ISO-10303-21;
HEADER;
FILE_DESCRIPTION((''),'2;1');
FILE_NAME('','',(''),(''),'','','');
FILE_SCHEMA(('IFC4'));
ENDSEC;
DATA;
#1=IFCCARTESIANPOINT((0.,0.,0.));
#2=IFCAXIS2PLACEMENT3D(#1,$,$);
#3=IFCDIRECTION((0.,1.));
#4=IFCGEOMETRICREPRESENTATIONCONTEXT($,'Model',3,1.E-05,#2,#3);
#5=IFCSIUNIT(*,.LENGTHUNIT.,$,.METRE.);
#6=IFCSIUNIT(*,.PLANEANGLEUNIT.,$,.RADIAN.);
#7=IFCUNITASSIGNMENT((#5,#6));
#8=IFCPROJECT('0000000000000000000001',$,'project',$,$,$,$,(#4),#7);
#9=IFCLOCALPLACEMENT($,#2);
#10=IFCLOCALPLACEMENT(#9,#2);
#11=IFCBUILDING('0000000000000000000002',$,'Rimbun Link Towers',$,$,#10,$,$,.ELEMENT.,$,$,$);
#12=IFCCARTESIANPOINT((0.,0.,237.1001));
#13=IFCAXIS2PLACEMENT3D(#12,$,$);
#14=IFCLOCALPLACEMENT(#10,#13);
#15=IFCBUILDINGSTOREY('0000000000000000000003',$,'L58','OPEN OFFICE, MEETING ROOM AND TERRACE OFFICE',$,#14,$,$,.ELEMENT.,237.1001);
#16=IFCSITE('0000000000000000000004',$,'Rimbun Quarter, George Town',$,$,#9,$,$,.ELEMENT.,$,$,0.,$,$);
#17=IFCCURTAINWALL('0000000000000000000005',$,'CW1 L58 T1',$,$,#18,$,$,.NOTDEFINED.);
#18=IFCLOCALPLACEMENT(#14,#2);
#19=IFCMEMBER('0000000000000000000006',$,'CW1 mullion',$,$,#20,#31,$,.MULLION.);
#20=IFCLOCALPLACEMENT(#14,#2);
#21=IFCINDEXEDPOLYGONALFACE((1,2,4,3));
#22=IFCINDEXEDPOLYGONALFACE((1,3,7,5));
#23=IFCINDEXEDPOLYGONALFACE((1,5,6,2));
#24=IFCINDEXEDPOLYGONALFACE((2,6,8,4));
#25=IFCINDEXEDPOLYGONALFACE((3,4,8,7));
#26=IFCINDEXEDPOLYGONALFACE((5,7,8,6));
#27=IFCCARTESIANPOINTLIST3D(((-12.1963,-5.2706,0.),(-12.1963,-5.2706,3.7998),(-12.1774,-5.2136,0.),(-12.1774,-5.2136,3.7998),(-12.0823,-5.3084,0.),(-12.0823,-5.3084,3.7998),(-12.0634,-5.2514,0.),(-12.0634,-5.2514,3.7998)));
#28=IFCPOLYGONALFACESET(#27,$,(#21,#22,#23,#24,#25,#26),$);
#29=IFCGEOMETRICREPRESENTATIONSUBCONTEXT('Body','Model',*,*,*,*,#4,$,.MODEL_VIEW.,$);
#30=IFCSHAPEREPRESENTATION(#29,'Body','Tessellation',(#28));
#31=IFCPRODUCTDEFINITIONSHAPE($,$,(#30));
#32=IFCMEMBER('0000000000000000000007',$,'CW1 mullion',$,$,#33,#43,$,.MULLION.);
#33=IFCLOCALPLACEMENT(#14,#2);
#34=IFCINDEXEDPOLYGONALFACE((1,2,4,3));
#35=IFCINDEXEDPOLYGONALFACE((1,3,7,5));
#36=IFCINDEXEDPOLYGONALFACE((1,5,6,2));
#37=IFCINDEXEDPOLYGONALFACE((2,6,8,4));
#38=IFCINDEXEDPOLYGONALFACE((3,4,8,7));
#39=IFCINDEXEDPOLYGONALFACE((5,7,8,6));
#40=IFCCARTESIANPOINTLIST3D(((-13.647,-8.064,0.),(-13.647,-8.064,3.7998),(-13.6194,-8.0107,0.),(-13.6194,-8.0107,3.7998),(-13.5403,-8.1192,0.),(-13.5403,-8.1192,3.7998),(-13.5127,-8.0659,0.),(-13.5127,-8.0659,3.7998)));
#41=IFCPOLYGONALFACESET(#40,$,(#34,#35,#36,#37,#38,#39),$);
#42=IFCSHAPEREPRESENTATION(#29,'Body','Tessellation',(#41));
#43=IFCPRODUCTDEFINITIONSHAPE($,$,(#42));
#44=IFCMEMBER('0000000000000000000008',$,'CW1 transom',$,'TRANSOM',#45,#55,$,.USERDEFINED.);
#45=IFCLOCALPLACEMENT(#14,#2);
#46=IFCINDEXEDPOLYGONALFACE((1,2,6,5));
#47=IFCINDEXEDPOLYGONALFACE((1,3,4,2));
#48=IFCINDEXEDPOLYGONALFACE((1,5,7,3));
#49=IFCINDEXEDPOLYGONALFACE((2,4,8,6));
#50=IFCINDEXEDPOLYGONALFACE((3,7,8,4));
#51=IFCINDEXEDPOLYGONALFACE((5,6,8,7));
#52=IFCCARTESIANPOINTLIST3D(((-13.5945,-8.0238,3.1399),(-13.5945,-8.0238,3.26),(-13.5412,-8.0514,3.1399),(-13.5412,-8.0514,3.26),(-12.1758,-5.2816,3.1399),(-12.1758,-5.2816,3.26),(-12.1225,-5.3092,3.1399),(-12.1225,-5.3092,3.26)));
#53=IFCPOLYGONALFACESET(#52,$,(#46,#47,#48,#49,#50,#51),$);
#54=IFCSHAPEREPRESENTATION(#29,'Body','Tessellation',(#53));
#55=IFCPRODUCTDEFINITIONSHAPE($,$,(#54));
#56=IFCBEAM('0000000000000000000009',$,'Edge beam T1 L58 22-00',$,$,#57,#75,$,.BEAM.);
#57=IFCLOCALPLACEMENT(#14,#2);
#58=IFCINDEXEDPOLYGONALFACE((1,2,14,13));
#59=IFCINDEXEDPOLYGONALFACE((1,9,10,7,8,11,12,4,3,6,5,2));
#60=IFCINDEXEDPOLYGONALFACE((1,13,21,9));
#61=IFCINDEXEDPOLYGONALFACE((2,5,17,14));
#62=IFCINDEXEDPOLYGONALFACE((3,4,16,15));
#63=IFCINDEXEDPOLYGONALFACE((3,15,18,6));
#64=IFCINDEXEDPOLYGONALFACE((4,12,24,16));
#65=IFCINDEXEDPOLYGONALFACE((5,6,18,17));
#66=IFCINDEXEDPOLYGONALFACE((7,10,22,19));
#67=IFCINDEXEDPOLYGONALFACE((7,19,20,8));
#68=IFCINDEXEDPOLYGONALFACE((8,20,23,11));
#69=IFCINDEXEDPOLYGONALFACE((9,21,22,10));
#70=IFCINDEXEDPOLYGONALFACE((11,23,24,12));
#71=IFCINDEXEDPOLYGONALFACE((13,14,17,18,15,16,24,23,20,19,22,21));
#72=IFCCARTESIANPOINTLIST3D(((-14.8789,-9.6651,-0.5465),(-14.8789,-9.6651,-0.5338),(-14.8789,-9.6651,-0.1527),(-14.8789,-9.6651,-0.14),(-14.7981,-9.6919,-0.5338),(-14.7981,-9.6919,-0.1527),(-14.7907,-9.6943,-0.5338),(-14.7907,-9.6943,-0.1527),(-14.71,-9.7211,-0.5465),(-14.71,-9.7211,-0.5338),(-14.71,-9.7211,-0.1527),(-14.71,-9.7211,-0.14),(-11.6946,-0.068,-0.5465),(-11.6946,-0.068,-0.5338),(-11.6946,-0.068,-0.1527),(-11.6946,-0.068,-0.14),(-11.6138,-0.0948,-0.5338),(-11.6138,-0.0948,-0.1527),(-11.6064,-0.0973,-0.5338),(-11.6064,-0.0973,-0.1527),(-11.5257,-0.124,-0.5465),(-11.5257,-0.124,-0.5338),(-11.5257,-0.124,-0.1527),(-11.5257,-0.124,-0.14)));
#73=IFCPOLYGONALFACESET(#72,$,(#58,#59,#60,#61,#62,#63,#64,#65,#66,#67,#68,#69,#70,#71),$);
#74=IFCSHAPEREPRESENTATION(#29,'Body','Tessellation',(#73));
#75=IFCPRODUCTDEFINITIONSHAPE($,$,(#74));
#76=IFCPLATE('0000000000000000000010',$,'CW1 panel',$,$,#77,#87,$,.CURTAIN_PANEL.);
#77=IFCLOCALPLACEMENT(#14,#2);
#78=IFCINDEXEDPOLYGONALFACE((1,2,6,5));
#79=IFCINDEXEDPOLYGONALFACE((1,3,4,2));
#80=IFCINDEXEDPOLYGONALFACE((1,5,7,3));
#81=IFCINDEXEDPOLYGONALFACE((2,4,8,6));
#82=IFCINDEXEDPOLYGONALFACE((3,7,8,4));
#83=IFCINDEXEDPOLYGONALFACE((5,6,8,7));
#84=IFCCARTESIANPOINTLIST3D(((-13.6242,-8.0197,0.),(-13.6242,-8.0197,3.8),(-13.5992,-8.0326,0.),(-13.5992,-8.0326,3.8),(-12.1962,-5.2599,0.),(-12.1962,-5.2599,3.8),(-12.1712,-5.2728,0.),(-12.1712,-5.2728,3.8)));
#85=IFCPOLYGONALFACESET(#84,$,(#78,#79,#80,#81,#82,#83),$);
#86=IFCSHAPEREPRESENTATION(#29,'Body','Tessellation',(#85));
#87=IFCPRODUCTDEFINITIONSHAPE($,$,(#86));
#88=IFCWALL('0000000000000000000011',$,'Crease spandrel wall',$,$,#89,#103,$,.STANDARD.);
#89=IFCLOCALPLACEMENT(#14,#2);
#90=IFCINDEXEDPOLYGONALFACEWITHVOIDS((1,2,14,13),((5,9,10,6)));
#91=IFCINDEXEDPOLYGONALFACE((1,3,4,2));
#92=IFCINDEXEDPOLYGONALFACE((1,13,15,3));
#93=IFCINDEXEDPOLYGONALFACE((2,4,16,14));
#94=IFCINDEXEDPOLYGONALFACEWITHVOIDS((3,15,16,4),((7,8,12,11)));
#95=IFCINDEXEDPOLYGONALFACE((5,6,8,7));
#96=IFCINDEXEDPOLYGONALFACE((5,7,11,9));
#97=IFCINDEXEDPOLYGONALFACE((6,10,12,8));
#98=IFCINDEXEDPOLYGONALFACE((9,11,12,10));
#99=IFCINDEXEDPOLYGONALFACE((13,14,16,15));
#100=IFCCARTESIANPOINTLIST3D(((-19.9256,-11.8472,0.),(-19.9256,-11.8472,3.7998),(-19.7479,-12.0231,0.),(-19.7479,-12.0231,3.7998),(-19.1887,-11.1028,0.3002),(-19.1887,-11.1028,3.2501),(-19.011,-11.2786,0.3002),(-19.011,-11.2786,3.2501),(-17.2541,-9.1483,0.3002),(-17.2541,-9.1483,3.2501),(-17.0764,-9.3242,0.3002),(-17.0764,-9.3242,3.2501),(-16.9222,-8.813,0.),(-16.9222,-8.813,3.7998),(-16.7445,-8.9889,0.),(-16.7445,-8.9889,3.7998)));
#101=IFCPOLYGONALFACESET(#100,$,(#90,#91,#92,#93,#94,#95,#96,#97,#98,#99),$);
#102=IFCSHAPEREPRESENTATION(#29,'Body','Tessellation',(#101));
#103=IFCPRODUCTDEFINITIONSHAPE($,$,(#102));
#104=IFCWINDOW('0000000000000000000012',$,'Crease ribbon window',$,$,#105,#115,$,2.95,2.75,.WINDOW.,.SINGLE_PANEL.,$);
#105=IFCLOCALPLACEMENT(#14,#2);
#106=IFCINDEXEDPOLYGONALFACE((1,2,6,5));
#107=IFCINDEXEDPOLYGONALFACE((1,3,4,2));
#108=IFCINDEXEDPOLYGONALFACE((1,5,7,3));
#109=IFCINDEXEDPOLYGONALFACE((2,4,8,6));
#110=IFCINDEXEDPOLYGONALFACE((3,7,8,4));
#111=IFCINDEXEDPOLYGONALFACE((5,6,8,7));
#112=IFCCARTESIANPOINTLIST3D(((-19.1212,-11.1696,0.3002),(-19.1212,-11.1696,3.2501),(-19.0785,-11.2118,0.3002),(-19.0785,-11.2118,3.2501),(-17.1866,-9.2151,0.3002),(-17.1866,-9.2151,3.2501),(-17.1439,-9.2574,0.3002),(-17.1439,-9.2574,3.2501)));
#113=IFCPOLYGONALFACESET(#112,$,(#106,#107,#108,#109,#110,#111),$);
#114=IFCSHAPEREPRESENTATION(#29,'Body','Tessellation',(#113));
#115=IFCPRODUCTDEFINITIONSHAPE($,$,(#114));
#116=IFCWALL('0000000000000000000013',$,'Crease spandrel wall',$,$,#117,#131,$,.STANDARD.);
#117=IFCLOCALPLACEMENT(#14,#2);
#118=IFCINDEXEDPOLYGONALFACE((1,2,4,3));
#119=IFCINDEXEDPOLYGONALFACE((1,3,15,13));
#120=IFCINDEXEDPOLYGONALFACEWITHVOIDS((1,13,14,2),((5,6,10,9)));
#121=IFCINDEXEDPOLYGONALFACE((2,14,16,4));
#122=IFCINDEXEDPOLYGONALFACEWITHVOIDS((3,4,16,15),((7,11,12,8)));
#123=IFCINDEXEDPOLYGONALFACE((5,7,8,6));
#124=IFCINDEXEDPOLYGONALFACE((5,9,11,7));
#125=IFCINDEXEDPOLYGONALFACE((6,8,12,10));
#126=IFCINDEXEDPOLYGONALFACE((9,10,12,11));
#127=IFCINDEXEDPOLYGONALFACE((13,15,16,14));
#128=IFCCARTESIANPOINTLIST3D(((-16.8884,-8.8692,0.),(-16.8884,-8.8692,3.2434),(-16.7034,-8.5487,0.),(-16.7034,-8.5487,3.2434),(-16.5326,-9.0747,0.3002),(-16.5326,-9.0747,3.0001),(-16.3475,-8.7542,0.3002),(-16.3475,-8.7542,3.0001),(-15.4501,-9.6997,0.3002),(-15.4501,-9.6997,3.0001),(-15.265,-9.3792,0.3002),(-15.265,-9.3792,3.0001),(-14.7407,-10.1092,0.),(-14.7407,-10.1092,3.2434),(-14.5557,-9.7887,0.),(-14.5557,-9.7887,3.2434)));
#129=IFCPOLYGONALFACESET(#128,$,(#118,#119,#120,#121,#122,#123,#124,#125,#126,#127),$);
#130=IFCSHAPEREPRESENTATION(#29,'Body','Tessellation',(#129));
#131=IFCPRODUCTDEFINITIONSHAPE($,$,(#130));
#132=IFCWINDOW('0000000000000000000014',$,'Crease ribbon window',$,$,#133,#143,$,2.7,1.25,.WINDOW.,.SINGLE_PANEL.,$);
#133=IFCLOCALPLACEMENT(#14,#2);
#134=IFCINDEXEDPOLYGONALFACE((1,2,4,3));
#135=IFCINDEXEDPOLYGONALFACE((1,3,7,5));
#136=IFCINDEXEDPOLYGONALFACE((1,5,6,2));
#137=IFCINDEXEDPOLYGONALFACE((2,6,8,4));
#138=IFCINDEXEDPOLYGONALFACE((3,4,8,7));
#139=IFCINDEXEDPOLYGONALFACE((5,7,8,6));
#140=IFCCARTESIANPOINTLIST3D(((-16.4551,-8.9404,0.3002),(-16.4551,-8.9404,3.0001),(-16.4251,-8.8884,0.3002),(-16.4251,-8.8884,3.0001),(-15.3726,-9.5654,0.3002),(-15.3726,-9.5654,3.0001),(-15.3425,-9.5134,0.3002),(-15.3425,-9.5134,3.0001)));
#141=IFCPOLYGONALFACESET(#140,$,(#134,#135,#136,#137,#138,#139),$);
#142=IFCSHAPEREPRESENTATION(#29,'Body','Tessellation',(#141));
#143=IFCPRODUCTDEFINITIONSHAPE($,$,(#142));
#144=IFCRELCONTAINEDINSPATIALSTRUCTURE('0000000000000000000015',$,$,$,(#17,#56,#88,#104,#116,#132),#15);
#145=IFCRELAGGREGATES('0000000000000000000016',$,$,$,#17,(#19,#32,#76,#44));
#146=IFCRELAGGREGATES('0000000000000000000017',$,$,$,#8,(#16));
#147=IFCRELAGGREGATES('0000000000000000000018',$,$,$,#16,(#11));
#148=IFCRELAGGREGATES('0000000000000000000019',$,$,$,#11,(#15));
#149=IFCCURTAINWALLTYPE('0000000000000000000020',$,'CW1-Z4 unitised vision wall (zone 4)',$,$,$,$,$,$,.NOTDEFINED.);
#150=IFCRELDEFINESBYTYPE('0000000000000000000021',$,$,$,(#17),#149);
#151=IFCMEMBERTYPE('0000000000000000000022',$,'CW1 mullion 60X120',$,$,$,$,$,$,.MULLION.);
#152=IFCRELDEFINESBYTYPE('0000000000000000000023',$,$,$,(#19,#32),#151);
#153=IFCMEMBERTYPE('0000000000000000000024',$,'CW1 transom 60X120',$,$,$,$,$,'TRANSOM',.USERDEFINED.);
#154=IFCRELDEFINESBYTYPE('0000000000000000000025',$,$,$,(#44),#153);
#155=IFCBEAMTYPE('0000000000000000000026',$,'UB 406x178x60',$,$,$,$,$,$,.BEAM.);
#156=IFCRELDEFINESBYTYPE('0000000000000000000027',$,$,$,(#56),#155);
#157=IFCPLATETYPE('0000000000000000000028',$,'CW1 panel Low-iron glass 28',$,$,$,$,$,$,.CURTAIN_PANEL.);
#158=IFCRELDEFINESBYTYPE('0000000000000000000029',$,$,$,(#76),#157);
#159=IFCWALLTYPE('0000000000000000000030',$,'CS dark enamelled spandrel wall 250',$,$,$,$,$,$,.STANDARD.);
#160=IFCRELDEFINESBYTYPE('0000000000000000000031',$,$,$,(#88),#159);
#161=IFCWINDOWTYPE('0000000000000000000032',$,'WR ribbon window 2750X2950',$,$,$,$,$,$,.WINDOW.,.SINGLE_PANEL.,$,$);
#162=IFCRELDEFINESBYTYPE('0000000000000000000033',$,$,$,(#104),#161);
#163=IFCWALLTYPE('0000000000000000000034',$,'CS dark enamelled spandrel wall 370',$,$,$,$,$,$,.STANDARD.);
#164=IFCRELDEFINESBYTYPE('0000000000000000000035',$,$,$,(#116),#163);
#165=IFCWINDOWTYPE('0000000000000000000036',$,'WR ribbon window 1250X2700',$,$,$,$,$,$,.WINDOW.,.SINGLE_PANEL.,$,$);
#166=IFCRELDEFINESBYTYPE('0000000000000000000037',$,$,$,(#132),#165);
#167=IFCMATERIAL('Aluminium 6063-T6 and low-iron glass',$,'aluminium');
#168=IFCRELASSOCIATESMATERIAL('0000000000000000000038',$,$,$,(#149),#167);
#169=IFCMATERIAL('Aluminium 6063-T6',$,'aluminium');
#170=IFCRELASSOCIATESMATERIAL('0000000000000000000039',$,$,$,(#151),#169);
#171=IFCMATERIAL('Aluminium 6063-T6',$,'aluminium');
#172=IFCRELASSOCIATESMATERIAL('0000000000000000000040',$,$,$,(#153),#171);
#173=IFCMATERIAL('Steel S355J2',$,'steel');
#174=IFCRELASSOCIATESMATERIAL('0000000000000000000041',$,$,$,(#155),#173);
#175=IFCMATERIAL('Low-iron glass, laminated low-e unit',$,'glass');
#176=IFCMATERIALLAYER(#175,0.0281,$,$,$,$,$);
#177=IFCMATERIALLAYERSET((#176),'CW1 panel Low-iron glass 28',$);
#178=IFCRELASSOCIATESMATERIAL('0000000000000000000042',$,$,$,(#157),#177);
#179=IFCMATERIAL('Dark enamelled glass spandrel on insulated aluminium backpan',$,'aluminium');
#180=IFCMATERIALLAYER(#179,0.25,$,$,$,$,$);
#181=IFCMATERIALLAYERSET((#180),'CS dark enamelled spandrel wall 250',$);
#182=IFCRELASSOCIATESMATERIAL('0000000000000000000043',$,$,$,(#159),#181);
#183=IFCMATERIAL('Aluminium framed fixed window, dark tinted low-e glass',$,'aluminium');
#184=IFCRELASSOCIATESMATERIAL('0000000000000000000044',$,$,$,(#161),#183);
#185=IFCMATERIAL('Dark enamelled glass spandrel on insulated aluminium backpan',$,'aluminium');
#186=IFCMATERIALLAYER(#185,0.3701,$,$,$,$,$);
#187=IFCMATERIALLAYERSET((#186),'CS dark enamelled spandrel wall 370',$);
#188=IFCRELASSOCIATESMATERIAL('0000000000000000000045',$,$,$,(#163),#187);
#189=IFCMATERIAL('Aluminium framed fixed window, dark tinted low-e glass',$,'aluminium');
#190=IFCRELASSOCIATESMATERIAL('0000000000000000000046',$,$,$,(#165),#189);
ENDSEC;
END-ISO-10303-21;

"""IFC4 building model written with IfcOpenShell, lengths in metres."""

from ifc_helpers import new_model, si_unit, direction, frame, frame_2d, origin, origin_2d, place, context, subcontext, project, spatial, rectangle, i_section, extrude, material, layer, layer_set, material_profile, profile_set, type_object, element, fill, aggregate, save


model = new_model("IFC4")

# Units and contexts
model_context = context("Model", 3, precision=1e-05, world=origin(), true_north=direction((0.0, 1.0)))
body_context = subcontext(model_context, "Body", "Model", "MODEL_VIEW")
ifc_project = project(units=[si_unit("LENGTHUNIT", "METRE"), si_unit("PLANEANGLEUNIT", "RADIAN")], contexts=[model_context])

# Site, building, storey
site_placement = place(None, origin())
site = spatial("IfcSite", under=ifc_project, at=site_placement, Name="Rimbun Quarter, George Town", CompositionType="ELEMENT", RefElevation=0.0)
building_placement = place(site_placement, origin())
building = spatial("IfcBuilding", under=site, at=building_placement, Name="Rimbun Link Towers", CompositionType="ELEMENT")
storey_placement = place(building_placement, frame((0.0, 0.0, 237.1001)))
storey = spatial("IfcBuildingStorey", under=building, at=storey_placement, Name="L58", Description="OPEN OFFICE, MEETING ROOM AND TERRACE OFFICE", CompositionType="ELEMENT", Elevation=237.1001)

# Curtain wall, members
ifc_material_1 = material(Name="Aluminium 6063-T6 and low-iron glass", Category="aluminium")
curtain_wall_type = type_object("IfcCurtainWallType", Name="CW1-Z4 unitised vision wall (zone 4)", PredefinedType="NOTDEFINED", material=ifc_material_1)
curtain_wall_placement = place(storey_placement, origin())
curtain_wall = element("IfcCurtainWall", 1, at=curtain_wall_placement, inside=storey, type_object=curtain_wall_type, Name="CW1 L58 T1", PredefinedType="NOTDEFINED")
ifc_material_2 = material(Name="Aluminium 6063-T6", Category="aluminium")
ifc_material_profile_1 = material_profile(ifc_material_2, rectangle(XDim=0.1201, YDim=0.0601, at=origin_2d()), Name="MULLION 60X120")
ifc_profile_set_1 = profile_set([ifc_material_profile_1], Name="Aluminium 6063-T6")
member_type_1 = type_object("IfcMemberType", Name="CW1 mullion 60X120", PredefinedType="MULLION", material=ifc_profile_set_1)
member_1_placement = place(storey_placement, frame((-12.1299, -5.261, 0.0), z_axis=(0.0, 0.0, 1.0), x_axis=(0.949161, -0.31479, 0.0)))
member_1 = element("IfcMember", 2, at=member_1_placement, type_object=member_type_1, Name="CW1 mullion", PredefinedType="MULLION", context=body_context, shape_type="SweptSolid", body=[
    extrude(rectangle(XDim=0.1201, YDim=0.0601, at=origin_2d()), origin(), (0.0, 0.0, 1.0), 3.7998),
])
member_2_placement = place(storey_placement, frame((-13.5798, -8.0649, 0.0), z_axis=(0.0, 0.0, 1.0), x_axis=(0.888152, -0.45955, 0.0)))
member_2 = element("IfcMember", 3, at=member_2_placement, type_object=member_type_1, Name="CW1 mullion", PredefinedType="MULLION", context=body_context, shape_type="SweptSolid", body=[
    extrude(rectangle(XDim=0.1201, YDim=0.0601, at=origin_2d()), origin(), (0.0, 0.0, 1.0), 3.7998),
])
ifc_material_3 = material(Name="Aluminium 6063-T6", Category="aluminium")
ifc_material_profile_2 = material_profile(ifc_material_3, rectangle(XDim=0.0601, YDim=0.1201, at=origin_2d()), Name="TRANSOM 60X120")
ifc_profile_set_2 = profile_set([ifc_material_profile_2], Name="Aluminium 6063-T6")
member_type_2 = type_object("IfcMemberType", Name="CW1 transom 60X120", ElementType="TRANSOM", PredefinedType="USERDEFINED", material=ifc_profile_set_2)
member_3_placement = place(storey_placement, frame((-12.1492, -5.2954, 3.2), z_axis=(-0.459507, -0.888174, 0.0), x_axis=(0.888174, -0.459507, 0.0)))
member_3 = element("IfcMember", 4, at=member_3_placement, type_object=member_type_2, Name="CW1 transom", ObjectType="TRANSOM", PredefinedType="USERDEFINED", context=body_context, shape_type="SweptSolid", body=[
    extrude(rectangle(XDim=0.0601, YDim=0.1201, at=origin_2d()), origin(), (0.0, 0.0, 1.0), 3.0874),
])

# Beam
ifc_material_4 = material(Name="Steel S355J2", Category="steel")
ifc_material_profile_3 = material_profile(ifc_material_4, i_section(OverallWidth=0.178, OverallDepth=0.4065, WebThickness=0.0078, FlangeThickness=0.0127, at=origin_2d()), Name="UB 406x178x60")
ifc_profile_set_3 = profile_set([ifc_material_profile_3], Name="Steel S355J2")
beam_type = type_object("IfcBeamType", Name="UB 406x178x60", PredefinedType="BEAM", material=ifc_profile_set_3)
beam_placement = place(storey_placement, frame((-14.7944, -9.6931, -0.3433), z_axis=(0.314916, 0.949119, 0.0), x_axis=(-0.949119, 0.314916, 0.0)))
element("IfcBeam", 5, at=beam_placement, inside=storey, type_object=beam_type, Name="Edge beam T1 L58 22-00", PredefinedType="BEAM", context=body_context, shape_type="SweptSolid", body=[
    extrude(i_section(OverallWidth=0.178, OverallDepth=0.4065, WebThickness=0.0078, FlangeThickness=0.0127, at=origin_2d()), origin(), (0.0, 0.0, 1.0), 10.1116),
])

# Plate
ifc_material_5 = material(Name="Low-iron glass, laminated low-e unit", Category="glass")
ifc_layer_1 = layer(ifc_material_5, 0.0281)
ifc_layer_set_1 = layer_set([ifc_layer_1], Name="CW1 panel Low-iron glass 28")
plate_type = type_object("IfcPlateType", Name="CW1 panel Low-iron glass 28", PredefinedType="CURTAIN_PANEL", material=ifc_layer_set_1)
plate_placement = place(storey_placement, frame((-12.8977, -6.6462, 0.0), z_axis=(0.0, 0.0, 1.0), x_axis=(-0.45955, -0.888152, 0.0)))
plate = element("IfcPlate", 6, at=plate_placement, type_object=plate_type, Name="CW1 panel", PredefinedType="CURTAIN_PANEL", context=body_context, shape_type="SweptSolid", body=[
    extrude(rectangle(XDim=3.1074, YDim=0.0281, at=origin_2d()), origin(), (0.0, 0.0, 1.0), 3.8),
])
aggregate(curtain_wall, [member_1, member_2, plate, member_3])

# Walls, openings, windows
ifc_material_6 = material(Name="Dark enamelled glass spandrel on insulated aluminium backpan", Category="aluminium")
ifc_layer_2 = layer(ifc_material_6, 0.25)
ifc_layer_set_2 = layer_set([ifc_layer_2], Name="CS dark enamelled spandrel wall 250")
wall_type_1 = type_object("IfcWallType", Name="CS dark enamelled spandrel wall 250", PredefinedType="STANDARD", material=ifc_layer_set_2)
wall_1_placement = place(storey_placement, frame((-16.8333, -8.9009, 0.0), z_axis=(0.0, 0.0, 1.0), x_axis=(-0.703495, -0.7107, 0.0)))
wall_1 = element("IfcWall", 7, at=wall_1_placement, inside=storey, type_object=wall_type_1, Name="Crease spandrel wall", PredefinedType="STANDARD", context=body_context, shape_type="SweptSolid", body=[
    extrude(rectangle(XDim=4.2693, YDim=0.25, at=frame_2d((2.1348, 0.0))), origin(), (0.0, 0.0, 1.0), 3.7998),
])
opening_1_placement = place(wall_1_placement, frame((0.4719, 0.0, 0.3)))
opening_1 = element("IfcOpeningElement", 8, at=opening_1_placement, cuts=wall_1, PredefinedType="OPENING", context=body_context, shape_type="SweptSolid", body=[
    extrude(rectangle(XDim=2.75, YDim=2.95, at=frame_2d((1.375, 1.4751))), frame((0.0, 0.135, 0.0), z_axis=(0.0, -1.0, 0.0), x_axis=(1.0, 0.0, 0.0)), (0.0, 0.0, 1.0), 0.27),
])
ifc_material_7 = material(Name="Aluminium framed fixed window, dark tinted low-e glass", Category="aluminium")
window_type_1 = type_object("IfcWindowType", Name="WR ribbon window 2750X2950", PartitioningType="SINGLE_PANEL", PredefinedType="WINDOW", material=ifc_material_7)
window_1_placement = place(opening_1_placement, origin())
window_1 = element("IfcWindow", 9, at=window_1_placement, inside=storey, type_object=window_type_1, Name="Crease ribbon window", OverallHeight=2.95, OverallWidth=2.75, PartitioningType="SINGLE_PANEL", PredefinedType="WINDOW", context=body_context, shape_type="SweptSolid", body=[
    extrude(rectangle(XDim=2.75, YDim=2.95, at=frame_2d((1.375, 1.4751))), frame((0.0, 0.03, 0.0), z_axis=(0.0, -1.0, 0.0), x_axis=(1.0, 0.0, 0.0)), (0.0, 0.0, 1.0), 0.0601),
])
fill(opening_1, window_1)
ifc_material_8 = material(Name="Dark enamelled glass spandrel on insulated aluminium backpan", Category="aluminium")
ifc_layer_3 = layer(ifc_material_8, 0.3701)
ifc_layer_set_3 = layer_set([ifc_layer_3], Name="CS dark enamelled spandrel wall 370")
wall_type_2 = type_object("IfcWallType", Name="CS dark enamelled spandrel wall 370", PredefinedType="STANDARD", material=ifc_layer_set_3)
wall_2_placement = place(storey_placement, frame((-14.6482, -9.949, 0.0), z_axis=(0.0, 0.0, 1.0), x_axis=(-0.866023, 0.500004, 0.0)))
wall_2 = element("IfcWall", 10, at=wall_2_placement, inside=storey, type_object=wall_type_2, Name="Crease spandrel wall", PredefinedType="STANDARD", context=body_context, shape_type="SweptSolid", body=[
    extrude(rectangle(XDim=2.48, YDim=0.3701, at=frame_2d((1.24, 0.0))), origin(), (0.0, 0.0, 1.0), 3.2434),
])
opening_2_placement = place(wall_2_placement, frame((0.8191, 0.0, 0.3)))
opening_2 = element("IfcOpeningElement", 11, at=opening_2_placement, cuts=wall_2, PredefinedType="OPENING", context=body_context, shape_type="SweptSolid", body=[
    extrude(rectangle(XDim=1.25, YDim=2.7, at=frame_2d((0.625, 1.3501))), frame((0.0, 0.1951, 0.0), z_axis=(0.0, -1.0, 0.0), x_axis=(1.0, 0.0, 0.0)), (0.0, 0.0, 1.0), 0.3901),
])
ifc_material_9 = material(Name="Aluminium framed fixed window, dark tinted low-e glass", Category="aluminium")
window_type_2 = type_object("IfcWindowType", Name="WR ribbon window 1250X2700", PartitioningType="SINGLE_PANEL", PredefinedType="WINDOW", material=ifc_material_9)
window_2_placement = place(opening_2_placement, origin())
window_2 = element("IfcWindow", 12, at=window_2_placement, inside=storey, type_object=window_type_2, Name="Crease ribbon window", OverallHeight=2.7, OverallWidth=1.25, PartitioningType="SINGLE_PANEL", PredefinedType="WINDOW", context=body_context, shape_type="SweptSolid", body=[
    extrude(rectangle(XDim=1.25, YDim=2.7, at=frame_2d((0.625, 1.3501))), frame((0.0, 0.03, 0.0), z_axis=(0.0, -1.0, 0.0), x_axis=(1.0, 0.0, 0.0)), (0.0, 0.0, 1.0), 0.0601),
])
fill(opening_2, window_2)

save(model, "model.ifc")
